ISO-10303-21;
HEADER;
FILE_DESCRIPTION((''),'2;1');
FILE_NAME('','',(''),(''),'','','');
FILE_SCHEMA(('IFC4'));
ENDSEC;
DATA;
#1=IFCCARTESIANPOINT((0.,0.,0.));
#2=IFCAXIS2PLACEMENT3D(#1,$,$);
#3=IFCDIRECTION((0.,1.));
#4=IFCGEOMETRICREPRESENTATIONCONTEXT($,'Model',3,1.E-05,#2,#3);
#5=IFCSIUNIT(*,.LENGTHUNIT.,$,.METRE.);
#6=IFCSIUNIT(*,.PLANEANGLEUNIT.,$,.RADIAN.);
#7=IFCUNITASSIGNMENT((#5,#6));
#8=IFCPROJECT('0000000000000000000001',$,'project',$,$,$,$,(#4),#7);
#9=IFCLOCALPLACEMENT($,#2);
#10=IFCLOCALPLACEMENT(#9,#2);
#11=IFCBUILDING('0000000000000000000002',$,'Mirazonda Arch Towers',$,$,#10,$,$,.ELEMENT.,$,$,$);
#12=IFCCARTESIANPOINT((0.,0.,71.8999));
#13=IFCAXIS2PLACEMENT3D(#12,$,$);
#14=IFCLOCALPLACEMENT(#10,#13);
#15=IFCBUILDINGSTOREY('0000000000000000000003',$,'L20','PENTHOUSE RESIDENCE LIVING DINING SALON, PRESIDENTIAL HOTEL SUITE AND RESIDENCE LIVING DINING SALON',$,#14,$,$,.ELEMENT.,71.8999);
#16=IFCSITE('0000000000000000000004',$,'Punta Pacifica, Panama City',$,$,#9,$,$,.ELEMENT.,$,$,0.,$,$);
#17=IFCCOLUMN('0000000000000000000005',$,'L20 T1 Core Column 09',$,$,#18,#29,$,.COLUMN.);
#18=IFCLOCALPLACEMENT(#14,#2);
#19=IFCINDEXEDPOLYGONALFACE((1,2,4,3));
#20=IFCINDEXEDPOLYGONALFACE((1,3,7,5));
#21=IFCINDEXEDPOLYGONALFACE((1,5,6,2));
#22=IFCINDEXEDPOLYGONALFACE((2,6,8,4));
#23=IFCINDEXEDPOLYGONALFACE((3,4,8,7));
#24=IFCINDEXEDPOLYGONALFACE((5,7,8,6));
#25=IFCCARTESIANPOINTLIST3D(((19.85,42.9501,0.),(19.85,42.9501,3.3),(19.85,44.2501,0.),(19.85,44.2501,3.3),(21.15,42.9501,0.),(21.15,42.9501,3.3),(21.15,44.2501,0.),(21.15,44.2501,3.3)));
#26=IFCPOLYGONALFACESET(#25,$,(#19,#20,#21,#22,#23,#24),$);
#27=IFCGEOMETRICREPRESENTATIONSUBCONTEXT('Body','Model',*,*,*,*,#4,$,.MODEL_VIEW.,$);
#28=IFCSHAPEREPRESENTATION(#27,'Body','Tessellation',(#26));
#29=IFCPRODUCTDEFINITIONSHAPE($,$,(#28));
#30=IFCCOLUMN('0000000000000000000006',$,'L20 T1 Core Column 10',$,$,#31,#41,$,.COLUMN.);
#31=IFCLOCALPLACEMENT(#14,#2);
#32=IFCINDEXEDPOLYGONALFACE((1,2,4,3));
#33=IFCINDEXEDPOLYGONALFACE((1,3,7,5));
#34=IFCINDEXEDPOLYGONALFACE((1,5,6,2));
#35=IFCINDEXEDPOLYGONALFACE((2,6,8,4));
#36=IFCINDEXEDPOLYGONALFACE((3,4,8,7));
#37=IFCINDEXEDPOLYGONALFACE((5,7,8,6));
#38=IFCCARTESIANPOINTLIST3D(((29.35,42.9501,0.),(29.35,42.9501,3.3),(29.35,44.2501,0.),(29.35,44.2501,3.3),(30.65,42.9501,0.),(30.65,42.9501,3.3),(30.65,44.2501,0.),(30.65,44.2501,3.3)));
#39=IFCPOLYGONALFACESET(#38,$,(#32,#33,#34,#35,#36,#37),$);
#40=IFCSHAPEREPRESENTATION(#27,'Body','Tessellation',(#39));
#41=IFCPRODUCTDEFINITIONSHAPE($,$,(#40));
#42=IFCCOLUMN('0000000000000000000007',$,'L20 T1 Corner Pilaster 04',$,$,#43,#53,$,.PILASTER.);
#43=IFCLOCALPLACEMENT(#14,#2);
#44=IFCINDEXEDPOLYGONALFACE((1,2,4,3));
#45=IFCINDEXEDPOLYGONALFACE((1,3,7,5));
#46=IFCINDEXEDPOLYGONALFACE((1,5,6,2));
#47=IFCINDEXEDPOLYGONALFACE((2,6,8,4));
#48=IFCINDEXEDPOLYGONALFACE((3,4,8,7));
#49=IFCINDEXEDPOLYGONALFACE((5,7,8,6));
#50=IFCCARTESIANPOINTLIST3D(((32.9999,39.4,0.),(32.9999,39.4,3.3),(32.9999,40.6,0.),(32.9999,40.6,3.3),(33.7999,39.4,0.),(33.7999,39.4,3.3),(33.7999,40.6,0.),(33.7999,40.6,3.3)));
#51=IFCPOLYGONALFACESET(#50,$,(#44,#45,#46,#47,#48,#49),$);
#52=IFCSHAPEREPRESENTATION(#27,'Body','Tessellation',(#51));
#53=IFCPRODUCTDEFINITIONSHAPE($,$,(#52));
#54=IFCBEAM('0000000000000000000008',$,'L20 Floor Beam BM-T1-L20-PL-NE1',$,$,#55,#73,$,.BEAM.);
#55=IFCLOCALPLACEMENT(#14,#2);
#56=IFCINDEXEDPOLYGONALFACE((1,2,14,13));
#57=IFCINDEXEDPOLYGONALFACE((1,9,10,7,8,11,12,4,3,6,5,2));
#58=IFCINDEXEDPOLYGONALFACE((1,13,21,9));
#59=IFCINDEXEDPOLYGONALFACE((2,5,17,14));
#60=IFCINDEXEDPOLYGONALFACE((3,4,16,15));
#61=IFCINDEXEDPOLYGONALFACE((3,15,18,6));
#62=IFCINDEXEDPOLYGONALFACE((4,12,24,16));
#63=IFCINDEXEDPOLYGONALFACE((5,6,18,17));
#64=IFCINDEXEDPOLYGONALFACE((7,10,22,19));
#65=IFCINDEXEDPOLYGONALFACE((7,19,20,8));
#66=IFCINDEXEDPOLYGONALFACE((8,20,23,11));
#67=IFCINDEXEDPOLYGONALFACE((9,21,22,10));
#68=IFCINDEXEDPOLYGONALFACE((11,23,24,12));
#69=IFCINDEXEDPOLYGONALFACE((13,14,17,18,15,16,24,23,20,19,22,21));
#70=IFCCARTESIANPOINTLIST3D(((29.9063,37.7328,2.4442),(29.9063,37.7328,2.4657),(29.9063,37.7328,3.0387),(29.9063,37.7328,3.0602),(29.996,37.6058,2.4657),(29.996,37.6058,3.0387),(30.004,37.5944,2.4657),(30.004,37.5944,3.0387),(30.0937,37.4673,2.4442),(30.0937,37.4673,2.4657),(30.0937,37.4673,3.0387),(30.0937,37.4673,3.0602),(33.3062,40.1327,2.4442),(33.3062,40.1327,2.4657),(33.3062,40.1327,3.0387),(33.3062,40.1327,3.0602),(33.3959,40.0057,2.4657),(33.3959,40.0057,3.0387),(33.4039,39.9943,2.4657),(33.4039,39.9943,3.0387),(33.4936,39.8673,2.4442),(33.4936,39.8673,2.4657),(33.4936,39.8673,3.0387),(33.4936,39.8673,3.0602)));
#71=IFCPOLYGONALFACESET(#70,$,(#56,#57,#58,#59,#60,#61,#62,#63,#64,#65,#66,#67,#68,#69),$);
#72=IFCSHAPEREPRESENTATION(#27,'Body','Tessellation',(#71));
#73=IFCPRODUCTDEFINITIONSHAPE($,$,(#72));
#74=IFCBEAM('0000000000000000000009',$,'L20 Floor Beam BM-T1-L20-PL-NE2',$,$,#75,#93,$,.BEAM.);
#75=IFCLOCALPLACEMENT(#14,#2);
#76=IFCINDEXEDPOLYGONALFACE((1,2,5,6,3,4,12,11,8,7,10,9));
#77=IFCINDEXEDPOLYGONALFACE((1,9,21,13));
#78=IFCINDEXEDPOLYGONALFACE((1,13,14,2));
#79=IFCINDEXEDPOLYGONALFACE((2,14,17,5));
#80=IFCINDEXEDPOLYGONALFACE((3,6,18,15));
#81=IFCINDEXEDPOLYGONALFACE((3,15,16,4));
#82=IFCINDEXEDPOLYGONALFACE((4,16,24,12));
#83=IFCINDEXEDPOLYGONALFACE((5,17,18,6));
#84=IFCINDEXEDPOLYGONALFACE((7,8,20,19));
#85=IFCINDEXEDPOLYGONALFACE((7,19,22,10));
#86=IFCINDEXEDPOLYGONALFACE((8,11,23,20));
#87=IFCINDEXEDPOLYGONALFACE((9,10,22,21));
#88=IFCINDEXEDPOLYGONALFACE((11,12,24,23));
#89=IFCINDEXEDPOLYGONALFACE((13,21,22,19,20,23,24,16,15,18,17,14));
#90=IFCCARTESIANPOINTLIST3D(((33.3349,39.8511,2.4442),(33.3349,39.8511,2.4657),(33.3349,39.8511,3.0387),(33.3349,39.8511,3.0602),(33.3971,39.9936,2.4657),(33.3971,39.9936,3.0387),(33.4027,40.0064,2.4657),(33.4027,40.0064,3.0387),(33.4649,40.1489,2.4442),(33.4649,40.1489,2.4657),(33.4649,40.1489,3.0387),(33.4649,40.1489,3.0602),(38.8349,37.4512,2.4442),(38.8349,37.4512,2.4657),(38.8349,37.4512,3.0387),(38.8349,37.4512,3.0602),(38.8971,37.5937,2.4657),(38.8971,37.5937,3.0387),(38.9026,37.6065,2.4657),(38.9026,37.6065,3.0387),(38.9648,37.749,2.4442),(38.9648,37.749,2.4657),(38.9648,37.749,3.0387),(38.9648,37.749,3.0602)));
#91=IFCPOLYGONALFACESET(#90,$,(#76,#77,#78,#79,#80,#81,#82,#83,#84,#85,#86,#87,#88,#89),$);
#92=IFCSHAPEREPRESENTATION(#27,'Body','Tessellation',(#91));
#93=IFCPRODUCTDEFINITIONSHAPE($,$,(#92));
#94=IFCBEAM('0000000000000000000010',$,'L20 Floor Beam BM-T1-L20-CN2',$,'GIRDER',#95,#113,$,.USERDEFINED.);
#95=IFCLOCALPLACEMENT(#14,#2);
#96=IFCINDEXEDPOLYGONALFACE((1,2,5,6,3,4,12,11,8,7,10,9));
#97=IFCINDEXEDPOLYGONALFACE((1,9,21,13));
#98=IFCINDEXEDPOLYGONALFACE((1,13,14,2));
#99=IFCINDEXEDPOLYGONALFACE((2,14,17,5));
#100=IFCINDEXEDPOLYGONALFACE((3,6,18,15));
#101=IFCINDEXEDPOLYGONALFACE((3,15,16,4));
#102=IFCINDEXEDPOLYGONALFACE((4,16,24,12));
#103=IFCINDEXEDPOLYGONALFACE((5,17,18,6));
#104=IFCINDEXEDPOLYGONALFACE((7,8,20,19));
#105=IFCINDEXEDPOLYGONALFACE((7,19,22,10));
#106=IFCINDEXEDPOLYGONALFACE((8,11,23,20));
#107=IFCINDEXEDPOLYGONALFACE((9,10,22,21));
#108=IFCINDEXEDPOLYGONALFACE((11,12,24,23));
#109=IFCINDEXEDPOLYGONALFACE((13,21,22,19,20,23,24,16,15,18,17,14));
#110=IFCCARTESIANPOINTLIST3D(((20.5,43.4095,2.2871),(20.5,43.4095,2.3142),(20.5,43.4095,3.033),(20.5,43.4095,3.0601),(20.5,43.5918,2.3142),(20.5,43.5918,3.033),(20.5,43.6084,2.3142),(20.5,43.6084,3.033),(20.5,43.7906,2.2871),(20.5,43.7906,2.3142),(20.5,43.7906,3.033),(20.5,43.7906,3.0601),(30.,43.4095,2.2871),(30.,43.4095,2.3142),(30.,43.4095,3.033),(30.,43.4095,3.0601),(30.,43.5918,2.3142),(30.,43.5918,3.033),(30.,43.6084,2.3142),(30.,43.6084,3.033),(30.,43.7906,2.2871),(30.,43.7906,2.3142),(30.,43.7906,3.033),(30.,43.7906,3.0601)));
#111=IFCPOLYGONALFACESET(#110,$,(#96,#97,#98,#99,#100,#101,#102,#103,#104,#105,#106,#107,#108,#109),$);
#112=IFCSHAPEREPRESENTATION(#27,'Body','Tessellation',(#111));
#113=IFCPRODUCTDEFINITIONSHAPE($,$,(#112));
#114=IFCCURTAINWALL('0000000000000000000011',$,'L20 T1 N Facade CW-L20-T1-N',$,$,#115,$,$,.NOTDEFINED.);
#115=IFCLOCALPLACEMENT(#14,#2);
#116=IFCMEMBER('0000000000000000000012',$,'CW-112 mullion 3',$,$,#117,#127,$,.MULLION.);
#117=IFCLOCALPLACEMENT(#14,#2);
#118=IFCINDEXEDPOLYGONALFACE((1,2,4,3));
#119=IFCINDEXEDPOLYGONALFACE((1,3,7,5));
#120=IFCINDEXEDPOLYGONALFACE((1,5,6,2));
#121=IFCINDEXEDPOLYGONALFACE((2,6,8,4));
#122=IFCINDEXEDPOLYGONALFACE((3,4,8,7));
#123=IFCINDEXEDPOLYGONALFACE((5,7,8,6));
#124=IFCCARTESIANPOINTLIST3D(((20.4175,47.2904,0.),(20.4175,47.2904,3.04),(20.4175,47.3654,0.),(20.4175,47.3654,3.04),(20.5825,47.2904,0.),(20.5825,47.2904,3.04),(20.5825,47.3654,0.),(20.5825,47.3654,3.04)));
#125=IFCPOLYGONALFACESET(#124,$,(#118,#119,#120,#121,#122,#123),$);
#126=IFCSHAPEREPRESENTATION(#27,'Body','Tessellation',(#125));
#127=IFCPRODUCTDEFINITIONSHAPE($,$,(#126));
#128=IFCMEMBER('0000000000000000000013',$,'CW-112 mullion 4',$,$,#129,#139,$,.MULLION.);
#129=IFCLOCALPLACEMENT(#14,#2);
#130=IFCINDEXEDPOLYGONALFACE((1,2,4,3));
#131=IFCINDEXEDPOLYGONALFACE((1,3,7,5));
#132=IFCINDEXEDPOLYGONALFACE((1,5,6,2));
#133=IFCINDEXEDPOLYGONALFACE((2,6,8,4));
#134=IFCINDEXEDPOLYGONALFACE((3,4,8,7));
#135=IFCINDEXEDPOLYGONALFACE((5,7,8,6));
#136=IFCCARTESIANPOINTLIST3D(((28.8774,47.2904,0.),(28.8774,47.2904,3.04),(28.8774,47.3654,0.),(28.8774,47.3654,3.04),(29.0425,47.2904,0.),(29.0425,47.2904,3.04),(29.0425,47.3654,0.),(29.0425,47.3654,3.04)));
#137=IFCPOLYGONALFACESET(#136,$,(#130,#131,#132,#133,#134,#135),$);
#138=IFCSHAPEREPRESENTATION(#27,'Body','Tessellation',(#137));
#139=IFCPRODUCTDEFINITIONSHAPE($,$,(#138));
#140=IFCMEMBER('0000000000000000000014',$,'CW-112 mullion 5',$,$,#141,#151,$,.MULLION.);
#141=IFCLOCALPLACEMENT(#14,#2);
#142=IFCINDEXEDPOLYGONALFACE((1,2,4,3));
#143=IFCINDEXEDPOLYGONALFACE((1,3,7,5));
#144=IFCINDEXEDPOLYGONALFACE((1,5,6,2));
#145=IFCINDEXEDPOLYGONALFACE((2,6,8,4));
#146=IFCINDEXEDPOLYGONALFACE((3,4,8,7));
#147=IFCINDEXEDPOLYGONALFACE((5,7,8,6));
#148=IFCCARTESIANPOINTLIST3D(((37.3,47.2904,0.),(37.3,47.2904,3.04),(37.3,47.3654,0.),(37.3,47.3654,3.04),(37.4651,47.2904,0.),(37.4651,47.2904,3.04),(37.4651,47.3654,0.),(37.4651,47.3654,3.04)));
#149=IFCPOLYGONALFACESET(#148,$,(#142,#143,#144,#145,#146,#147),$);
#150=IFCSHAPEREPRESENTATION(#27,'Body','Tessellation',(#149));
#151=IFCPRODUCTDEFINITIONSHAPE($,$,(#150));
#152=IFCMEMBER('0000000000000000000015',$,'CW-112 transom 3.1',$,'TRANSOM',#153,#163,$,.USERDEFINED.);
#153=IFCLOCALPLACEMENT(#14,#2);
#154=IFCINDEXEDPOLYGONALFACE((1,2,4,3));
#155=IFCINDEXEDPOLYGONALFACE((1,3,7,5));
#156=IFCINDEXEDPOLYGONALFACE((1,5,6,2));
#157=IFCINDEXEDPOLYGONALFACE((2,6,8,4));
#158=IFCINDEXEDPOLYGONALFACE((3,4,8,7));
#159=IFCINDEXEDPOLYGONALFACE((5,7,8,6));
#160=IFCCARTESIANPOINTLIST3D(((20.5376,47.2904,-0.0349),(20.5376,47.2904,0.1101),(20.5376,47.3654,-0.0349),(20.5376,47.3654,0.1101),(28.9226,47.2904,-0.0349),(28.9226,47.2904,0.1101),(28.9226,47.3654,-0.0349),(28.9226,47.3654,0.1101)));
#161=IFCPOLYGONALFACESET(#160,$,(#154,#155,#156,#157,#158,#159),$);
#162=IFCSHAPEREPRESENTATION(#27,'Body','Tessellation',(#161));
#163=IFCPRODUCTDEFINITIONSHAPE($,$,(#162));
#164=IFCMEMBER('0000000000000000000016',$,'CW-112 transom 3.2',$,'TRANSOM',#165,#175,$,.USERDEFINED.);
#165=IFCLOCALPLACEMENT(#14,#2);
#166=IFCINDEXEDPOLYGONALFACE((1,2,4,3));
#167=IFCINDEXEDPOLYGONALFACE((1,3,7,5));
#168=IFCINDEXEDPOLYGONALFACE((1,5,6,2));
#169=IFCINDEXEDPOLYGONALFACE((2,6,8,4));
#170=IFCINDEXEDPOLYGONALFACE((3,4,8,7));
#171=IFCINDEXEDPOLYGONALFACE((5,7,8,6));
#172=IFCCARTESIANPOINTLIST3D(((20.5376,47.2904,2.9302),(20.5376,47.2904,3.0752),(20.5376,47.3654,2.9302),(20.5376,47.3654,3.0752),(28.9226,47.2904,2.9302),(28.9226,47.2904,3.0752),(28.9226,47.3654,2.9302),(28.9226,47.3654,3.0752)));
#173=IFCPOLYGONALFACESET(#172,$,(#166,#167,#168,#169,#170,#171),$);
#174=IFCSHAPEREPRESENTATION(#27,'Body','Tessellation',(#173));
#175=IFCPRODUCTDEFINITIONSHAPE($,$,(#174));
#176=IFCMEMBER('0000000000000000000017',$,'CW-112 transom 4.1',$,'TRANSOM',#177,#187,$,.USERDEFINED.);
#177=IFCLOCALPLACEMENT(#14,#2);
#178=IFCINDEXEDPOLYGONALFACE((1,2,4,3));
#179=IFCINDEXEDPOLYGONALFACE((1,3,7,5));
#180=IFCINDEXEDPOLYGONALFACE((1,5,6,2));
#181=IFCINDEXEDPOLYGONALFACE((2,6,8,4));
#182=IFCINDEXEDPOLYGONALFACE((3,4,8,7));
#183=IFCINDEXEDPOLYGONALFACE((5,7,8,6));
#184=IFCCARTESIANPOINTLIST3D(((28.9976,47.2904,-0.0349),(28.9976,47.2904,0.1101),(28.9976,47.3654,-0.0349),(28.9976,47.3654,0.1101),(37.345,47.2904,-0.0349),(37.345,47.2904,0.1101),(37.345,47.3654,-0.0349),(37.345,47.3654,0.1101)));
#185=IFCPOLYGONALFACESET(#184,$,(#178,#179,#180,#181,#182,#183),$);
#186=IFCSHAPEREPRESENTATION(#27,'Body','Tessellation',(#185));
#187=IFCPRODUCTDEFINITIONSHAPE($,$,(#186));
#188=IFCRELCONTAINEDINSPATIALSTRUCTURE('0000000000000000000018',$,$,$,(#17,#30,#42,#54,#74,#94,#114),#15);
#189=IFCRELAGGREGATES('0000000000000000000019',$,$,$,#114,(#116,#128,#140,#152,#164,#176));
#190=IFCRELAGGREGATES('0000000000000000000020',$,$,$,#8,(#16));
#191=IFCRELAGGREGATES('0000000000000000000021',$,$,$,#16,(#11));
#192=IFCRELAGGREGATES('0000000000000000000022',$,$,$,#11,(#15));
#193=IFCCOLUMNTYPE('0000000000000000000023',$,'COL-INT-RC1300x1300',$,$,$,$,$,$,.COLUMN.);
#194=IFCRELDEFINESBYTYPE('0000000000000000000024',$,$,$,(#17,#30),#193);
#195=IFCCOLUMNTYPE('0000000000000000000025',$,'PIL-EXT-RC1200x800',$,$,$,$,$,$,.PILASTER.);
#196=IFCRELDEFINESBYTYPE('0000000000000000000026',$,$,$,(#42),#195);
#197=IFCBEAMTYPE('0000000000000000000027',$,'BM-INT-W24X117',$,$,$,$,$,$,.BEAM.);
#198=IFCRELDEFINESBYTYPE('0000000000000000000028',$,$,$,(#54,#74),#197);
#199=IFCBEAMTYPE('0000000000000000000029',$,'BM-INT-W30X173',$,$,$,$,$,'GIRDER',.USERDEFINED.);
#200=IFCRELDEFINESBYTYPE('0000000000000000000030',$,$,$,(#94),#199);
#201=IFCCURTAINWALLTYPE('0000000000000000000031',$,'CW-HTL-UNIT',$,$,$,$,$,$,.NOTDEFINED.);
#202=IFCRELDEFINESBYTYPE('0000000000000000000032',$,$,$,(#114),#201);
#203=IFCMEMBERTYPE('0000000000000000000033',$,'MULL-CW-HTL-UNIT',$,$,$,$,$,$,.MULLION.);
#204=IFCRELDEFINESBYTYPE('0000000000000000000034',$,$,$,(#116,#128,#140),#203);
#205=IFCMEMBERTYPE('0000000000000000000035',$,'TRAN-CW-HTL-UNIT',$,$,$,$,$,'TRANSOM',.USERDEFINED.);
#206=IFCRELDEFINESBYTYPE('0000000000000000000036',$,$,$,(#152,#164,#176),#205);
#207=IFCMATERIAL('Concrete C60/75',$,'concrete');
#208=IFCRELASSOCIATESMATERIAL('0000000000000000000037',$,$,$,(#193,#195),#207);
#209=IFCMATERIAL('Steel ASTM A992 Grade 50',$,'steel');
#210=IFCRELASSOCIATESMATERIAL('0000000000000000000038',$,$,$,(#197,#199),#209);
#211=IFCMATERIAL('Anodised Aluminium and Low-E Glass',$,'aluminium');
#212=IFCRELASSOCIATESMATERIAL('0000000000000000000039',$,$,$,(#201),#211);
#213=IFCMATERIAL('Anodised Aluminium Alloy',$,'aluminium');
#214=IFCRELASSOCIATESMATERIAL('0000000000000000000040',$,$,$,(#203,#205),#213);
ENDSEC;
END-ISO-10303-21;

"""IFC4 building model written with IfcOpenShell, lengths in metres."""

from ifc_helpers import new_model, si_unit, direction, frame, origin, origin_2d, place, context, subcontext, project, spatial, rectangle, i_section, extrude, material, material_profile, profile_set, type_object, element, aggregate, save


model = new_model("IFC4")

# Units and contexts
model_context = context("Model", 3, precision=1e-05, world=origin(), true_north=direction((0.0, 1.0)))
body_context = subcontext(model_context, "Body", "Model", "MODEL_VIEW")
ifc_project = project(units=[si_unit("LENGTHUNIT", "METRE"), si_unit("PLANEANGLEUNIT", "RADIAN")], contexts=[model_context])

# Site, building, storey
site_placement = place(None, origin())
site = spatial("IfcSite", under=ifc_project, at=site_placement, Name="Punta Pacifica, Panama City", CompositionType="ELEMENT", RefElevation=0.0)
building_placement = place(site_placement, origin())
building = spatial("IfcBuilding", under=site, at=building_placement, Name="Mirazonda Arch Towers", CompositionType="ELEMENT")
storey_placement = place(building_placement, frame((0.0, 0.0, 71.8999)))
storey = spatial("IfcBuildingStorey", under=building, at=storey_placement, Name="L20", Description="PENTHOUSE RESIDENCE LIVING DINING SALON, PRESIDENTIAL HOTEL SUITE AND RESIDENCE LIVING DINING SALON", CompositionType="ELEMENT", Elevation=71.8999)

# Columns
ifc_material_1 = material(Name="Concrete C60/75", Category="concrete")
ifc_material_profile_1 = material_profile(ifc_material_1, rectangle(XDim=1.3, YDim=1.3, at=origin_2d()), Name="RC1300x1300")
ifc_profile_set_1 = profile_set([ifc_material_profile_1], Name="Concrete C60/75")
column_type_1 = type_object("IfcColumnType", Name="COL-INT-RC1300x1300", PredefinedType="COLUMN", material=ifc_profile_set_1)
for number, where, z_axis, x_axis, name in (
    (1, (20.5, 43.6001, 0.0), (0.0, 0.0, 1.0), (1.0, 0.0, 0.0), "L20 T1 Core Column 09"),
    (2, (30.0, 43.6001, 0.0), (0.0, 0.0, 1.0), (1.0, 0.0, 0.0), "L20 T1 Core Column 10"),
):
    element("IfcColumn", number, at=place(storey_placement, frame(where, z_axis=z_axis, x_axis=x_axis)), inside=storey, type_object=column_type_1, Name=name, PredefinedType="COLUMN", context=body_context, shape_type="SweptSolid", body=[
        extrude(rectangle(XDim=1.3, YDim=1.3, at=origin_2d()), origin(), (0.0, 0.0, 1.0), 3.3),
    ])
ifc_material_profile_2 = material_profile(ifc_material_1, rectangle(XDim=0.8, YDim=1.2, at=origin_2d()), Name="RC1200x800")
ifc_profile_set_2 = profile_set([ifc_material_profile_2], Name="Concrete C60/75")
column_type_2 = type_object("IfcColumnType", Name="PIL-EXT-RC1200x800", PredefinedType="PILASTER", material=ifc_profile_set_2)
column_placement = place(storey_placement, frame((33.3999, 40.0, 0.0), z_axis=(0.0, 0.0, 1.0), x_axis=(1.0, 0.0, 0.0)))
element("IfcColumn", 3, at=column_placement, inside=storey, type_object=column_type_2, Name="L20 T1 Corner Pilaster 04", PredefinedType="PILASTER", context=body_context, shape_type="SweptSolid", body=[
    extrude(rectangle(XDim=0.8, YDim=1.2, at=origin_2d()), origin(), (0.0, 0.0, 1.0), 3.3),
])

# Beams
ifc_material_2 = material(Name="Steel ASTM A992 Grade 50", Category="steel")
ifc_material_profile_3 = material_profile(ifc_material_2, i_section(OverallWidth=0.325, OverallDepth=0.616, WebThickness=0.0139, FlangeThickness=0.0215, at=origin_2d()), Name="W24X117")
ifc_profile_set_3 = profile_set([ifc_material_profile_3], Name="Steel ASTM A992 Grade 50")
beam_type_1 = type_object("IfcBeamType", Name="BM-INT-W24X117", PredefinedType="BEAM", material=ifc_profile_set_3)
beam_1_placement = place(storey_placement, frame((33.3999, 40.0, 2.7522), z_axis=(-0.816971, -0.576679, 0.0), x_axis=(0.576679, -0.816971, 0.0)))
element("IfcBeam", 4, at=beam_1_placement, inside=storey, type_object=beam_type_1, Name="L20 Floor Beam BM-T1-L20-PL-NE1", PredefinedType="BEAM", context=body_context, shape_type="SweptSolid", body=[
    extrude(i_section(OverallWidth=0.325, OverallDepth=0.616, WebThickness=0.0139, FlangeThickness=0.0215, at=origin_2d()), origin(), (0.0, 0.0, 1.0), 4.1616),
])
beam_2_placement = place(storey_placement, frame((33.3999, 40.0, 2.7522), z_axis=(0.916545, -0.399931, 0.0), x_axis=(0.399931, 0.916545, 0.0)))
element("IfcBeam", 5, at=beam_2_placement, inside=storey, type_object=beam_type_1, Name="L20 Floor Beam BM-T1-L20-PL-NE2", PredefinedType="BEAM", context=body_context, shape_type="SweptSolid", body=[
    extrude(i_section(OverallWidth=0.325, OverallDepth=0.616, WebThickness=0.0139, FlangeThickness=0.0215, at=origin_2d()), origin(), (0.0, 0.0, 1.0), 6.0007),
])
ifc_material_profile_4 = material_profile(ifc_material_2, i_section(OverallWidth=0.3811, OverallDepth=0.7729, WebThickness=0.0166, FlangeThickness=0.0271, at=origin_2d()), Name="W30X173")
ifc_profile_set_4 = profile_set([ifc_material_profile_4], Name="Steel ASTM A992 Grade 50")
beam_type_2 = type_object("IfcBeamType", Name="BM-INT-W30X173", ElementType="GIRDER", PredefinedType="USERDEFINED", material=ifc_profile_set_4)
beam_3_placement = place(storey_placement, frame((20.5, 43.6001, 2.6736), z_axis=(1.0, 0.0, 0.0), x_axis=(0.0, 1.0, 0.0)))
element("IfcBeam", 6, at=beam_3_placement, inside=storey, type_object=beam_type_2, Name="L20 Floor Beam BM-T1-L20-CN2", ObjectType="GIRDER", PredefinedType="USERDEFINED", context=body_context, shape_type="SweptSolid", body=[
    extrude(i_section(OverallWidth=0.3811, OverallDepth=0.7729, WebThickness=0.0166, FlangeThickness=0.0271, at=origin_2d()), origin(), (0.0, 0.0, 1.0), 9.5),
])

# Curtain wall, members
ifc_material_3 = material(Name="Anodised Aluminium and Low-E Glass", Category="aluminium")
curtain_wall_type = type_object("IfcCurtainWallType", Name="CW-HTL-UNIT", PredefinedType="NOTDEFINED", material=ifc_material_3)
curtain_wall_placement = place(storey_placement, origin())
curtain_wall = element("IfcCurtainWall", 7, at=curtain_wall_placement, inside=storey, type_object=curtain_wall_type, Name="L20 T1 N Facade CW-L20-T1-N", PredefinedType="NOTDEFINED")
ifc_material_4 = material(Name="Anodised Aluminium Alloy", Category="aluminium")
ifc_material_profile_5 = material_profile(ifc_material_4, rectangle(XDim=0.075, YDim=0.165, at=origin_2d()), Name="ALU-MULL-75x165")
ifc_profile_set_5 = profile_set([ifc_material_profile_5], Name="Anodised Aluminium Alloy")
member_type_1 = type_object("IfcMemberType", Name="MULL-CW-HTL-UNIT", PredefinedType="MULLION", material=ifc_profile_set_5)
member_1_placement = place(storey_placement, frame((20.5, 47.3279, 0.0), z_axis=(0.0, 0.0, 1.0), x_axis=(0.0, 1.0, 0.0)))
member_1 = element("IfcMember", 8, at=member_1_placement, type_object=member_type_1, Name="CW-112 mullion 3", PredefinedType="MULLION", context=body_context, shape_type="SweptSolid", body=[
    extrude(rectangle(XDim=0.075, YDim=0.165, at=origin_2d()), origin(), (0.0, 0.0, 1.0), 3.04),
])
member_2_placement = place(storey_placement, frame((28.96, 47.3279, 0.0), z_axis=(0.0, 0.0, 1.0), x_axis=(0.0, 1.0, 0.0)))
member_2 = element("IfcMember", 9, at=member_2_placement, type_object=member_type_1, Name="CW-112 mullion 4", PredefinedType="MULLION", context=body_context, shape_type="SweptSolid", body=[
    extrude(rectangle(XDim=0.075, YDim=0.165, at=origin_2d()), origin(), (0.0, 0.0, 1.0), 3.04),
])
member_3_placement = place(storey_placement, frame((37.3826, 47.3279, 0.0), z_axis=(0.0, 0.0, 1.0), x_axis=(0.0, 1.0, 0.0)))
member_3 = element("IfcMember", 10, at=member_3_placement, type_object=member_type_1, Name="CW-112 mullion 5", PredefinedType="MULLION", context=body_context, shape_type="SweptSolid", body=[
    extrude(rectangle(XDim=0.075, YDim=0.165, at=origin_2d()), origin(), (0.0, 0.0, 1.0), 3.04),
])
ifc_material_profile_6 = material_profile(ifc_material_4, rectangle(XDim=0.075, YDim=0.145, at=origin_2d()), Name="ALU-TRAN-75x145")
ifc_profile_set_6 = profile_set([ifc_material_profile_6], Name="Anodised Aluminium Alloy")
member_type_2 = type_object("IfcMemberType", Name="TRAN-CW-HTL-UNIT", ElementType="TRANSOM", PredefinedType="USERDEFINED", material=ifc_profile_set_6)
member_4_placement = place(storey_placement, frame((20.5376, 47.3279, 0.0376), z_axis=(1.0, 0.0, 0.0), x_axis=(0.0, 1.0, 0.0)))
member_4 = element("IfcMember", 11, at=member_4_placement, type_object=member_type_2, Name="CW-112 transom 3.1", ObjectType="TRANSOM", PredefinedType="USERDEFINED", context=body_context, shape_type="SweptSolid", body=[
    extrude(rectangle(XDim=0.075, YDim=0.145, at=origin_2d()), origin(), (0.0, 0.0, 1.0), 8.385),
])
member_5_placement = place(storey_placement, frame((20.5376, 47.3279, 3.0027), z_axis=(1.0, 0.0, 0.0), x_axis=(0.0, 1.0, 0.0)))
member_5 = element("IfcMember", 12, at=member_5_placement, type_object=member_type_2, Name="CW-112 transom 3.2", ObjectType="TRANSOM", PredefinedType="USERDEFINED", context=body_context, shape_type="SweptSolid", body=[
    extrude(rectangle(XDim=0.075, YDim=0.145, at=origin_2d()), origin(), (0.0, 0.0, 1.0), 8.385),
])
member_6_placement = place(storey_placement, frame((28.9976, 47.3279, 0.0376), z_axis=(1.0, 0.0, 0.0), x_axis=(0.0, 1.0, 0.0)))
member_6 = element("IfcMember", 13, at=member_6_placement, type_object=member_type_2, Name="CW-112 transom 4.1", ObjectType="TRANSOM", PredefinedType="USERDEFINED", context=body_context, shape_type="SweptSolid", body=[
    extrude(rectangle(XDim=0.075, YDim=0.145, at=origin_2d()), origin(), (0.0, 0.0, 1.0), 8.3474),
])
aggregate(curtain_wall, [member_1, member_2, member_3, member_4, member_5, member_6])

save(model, "model.ifc")
